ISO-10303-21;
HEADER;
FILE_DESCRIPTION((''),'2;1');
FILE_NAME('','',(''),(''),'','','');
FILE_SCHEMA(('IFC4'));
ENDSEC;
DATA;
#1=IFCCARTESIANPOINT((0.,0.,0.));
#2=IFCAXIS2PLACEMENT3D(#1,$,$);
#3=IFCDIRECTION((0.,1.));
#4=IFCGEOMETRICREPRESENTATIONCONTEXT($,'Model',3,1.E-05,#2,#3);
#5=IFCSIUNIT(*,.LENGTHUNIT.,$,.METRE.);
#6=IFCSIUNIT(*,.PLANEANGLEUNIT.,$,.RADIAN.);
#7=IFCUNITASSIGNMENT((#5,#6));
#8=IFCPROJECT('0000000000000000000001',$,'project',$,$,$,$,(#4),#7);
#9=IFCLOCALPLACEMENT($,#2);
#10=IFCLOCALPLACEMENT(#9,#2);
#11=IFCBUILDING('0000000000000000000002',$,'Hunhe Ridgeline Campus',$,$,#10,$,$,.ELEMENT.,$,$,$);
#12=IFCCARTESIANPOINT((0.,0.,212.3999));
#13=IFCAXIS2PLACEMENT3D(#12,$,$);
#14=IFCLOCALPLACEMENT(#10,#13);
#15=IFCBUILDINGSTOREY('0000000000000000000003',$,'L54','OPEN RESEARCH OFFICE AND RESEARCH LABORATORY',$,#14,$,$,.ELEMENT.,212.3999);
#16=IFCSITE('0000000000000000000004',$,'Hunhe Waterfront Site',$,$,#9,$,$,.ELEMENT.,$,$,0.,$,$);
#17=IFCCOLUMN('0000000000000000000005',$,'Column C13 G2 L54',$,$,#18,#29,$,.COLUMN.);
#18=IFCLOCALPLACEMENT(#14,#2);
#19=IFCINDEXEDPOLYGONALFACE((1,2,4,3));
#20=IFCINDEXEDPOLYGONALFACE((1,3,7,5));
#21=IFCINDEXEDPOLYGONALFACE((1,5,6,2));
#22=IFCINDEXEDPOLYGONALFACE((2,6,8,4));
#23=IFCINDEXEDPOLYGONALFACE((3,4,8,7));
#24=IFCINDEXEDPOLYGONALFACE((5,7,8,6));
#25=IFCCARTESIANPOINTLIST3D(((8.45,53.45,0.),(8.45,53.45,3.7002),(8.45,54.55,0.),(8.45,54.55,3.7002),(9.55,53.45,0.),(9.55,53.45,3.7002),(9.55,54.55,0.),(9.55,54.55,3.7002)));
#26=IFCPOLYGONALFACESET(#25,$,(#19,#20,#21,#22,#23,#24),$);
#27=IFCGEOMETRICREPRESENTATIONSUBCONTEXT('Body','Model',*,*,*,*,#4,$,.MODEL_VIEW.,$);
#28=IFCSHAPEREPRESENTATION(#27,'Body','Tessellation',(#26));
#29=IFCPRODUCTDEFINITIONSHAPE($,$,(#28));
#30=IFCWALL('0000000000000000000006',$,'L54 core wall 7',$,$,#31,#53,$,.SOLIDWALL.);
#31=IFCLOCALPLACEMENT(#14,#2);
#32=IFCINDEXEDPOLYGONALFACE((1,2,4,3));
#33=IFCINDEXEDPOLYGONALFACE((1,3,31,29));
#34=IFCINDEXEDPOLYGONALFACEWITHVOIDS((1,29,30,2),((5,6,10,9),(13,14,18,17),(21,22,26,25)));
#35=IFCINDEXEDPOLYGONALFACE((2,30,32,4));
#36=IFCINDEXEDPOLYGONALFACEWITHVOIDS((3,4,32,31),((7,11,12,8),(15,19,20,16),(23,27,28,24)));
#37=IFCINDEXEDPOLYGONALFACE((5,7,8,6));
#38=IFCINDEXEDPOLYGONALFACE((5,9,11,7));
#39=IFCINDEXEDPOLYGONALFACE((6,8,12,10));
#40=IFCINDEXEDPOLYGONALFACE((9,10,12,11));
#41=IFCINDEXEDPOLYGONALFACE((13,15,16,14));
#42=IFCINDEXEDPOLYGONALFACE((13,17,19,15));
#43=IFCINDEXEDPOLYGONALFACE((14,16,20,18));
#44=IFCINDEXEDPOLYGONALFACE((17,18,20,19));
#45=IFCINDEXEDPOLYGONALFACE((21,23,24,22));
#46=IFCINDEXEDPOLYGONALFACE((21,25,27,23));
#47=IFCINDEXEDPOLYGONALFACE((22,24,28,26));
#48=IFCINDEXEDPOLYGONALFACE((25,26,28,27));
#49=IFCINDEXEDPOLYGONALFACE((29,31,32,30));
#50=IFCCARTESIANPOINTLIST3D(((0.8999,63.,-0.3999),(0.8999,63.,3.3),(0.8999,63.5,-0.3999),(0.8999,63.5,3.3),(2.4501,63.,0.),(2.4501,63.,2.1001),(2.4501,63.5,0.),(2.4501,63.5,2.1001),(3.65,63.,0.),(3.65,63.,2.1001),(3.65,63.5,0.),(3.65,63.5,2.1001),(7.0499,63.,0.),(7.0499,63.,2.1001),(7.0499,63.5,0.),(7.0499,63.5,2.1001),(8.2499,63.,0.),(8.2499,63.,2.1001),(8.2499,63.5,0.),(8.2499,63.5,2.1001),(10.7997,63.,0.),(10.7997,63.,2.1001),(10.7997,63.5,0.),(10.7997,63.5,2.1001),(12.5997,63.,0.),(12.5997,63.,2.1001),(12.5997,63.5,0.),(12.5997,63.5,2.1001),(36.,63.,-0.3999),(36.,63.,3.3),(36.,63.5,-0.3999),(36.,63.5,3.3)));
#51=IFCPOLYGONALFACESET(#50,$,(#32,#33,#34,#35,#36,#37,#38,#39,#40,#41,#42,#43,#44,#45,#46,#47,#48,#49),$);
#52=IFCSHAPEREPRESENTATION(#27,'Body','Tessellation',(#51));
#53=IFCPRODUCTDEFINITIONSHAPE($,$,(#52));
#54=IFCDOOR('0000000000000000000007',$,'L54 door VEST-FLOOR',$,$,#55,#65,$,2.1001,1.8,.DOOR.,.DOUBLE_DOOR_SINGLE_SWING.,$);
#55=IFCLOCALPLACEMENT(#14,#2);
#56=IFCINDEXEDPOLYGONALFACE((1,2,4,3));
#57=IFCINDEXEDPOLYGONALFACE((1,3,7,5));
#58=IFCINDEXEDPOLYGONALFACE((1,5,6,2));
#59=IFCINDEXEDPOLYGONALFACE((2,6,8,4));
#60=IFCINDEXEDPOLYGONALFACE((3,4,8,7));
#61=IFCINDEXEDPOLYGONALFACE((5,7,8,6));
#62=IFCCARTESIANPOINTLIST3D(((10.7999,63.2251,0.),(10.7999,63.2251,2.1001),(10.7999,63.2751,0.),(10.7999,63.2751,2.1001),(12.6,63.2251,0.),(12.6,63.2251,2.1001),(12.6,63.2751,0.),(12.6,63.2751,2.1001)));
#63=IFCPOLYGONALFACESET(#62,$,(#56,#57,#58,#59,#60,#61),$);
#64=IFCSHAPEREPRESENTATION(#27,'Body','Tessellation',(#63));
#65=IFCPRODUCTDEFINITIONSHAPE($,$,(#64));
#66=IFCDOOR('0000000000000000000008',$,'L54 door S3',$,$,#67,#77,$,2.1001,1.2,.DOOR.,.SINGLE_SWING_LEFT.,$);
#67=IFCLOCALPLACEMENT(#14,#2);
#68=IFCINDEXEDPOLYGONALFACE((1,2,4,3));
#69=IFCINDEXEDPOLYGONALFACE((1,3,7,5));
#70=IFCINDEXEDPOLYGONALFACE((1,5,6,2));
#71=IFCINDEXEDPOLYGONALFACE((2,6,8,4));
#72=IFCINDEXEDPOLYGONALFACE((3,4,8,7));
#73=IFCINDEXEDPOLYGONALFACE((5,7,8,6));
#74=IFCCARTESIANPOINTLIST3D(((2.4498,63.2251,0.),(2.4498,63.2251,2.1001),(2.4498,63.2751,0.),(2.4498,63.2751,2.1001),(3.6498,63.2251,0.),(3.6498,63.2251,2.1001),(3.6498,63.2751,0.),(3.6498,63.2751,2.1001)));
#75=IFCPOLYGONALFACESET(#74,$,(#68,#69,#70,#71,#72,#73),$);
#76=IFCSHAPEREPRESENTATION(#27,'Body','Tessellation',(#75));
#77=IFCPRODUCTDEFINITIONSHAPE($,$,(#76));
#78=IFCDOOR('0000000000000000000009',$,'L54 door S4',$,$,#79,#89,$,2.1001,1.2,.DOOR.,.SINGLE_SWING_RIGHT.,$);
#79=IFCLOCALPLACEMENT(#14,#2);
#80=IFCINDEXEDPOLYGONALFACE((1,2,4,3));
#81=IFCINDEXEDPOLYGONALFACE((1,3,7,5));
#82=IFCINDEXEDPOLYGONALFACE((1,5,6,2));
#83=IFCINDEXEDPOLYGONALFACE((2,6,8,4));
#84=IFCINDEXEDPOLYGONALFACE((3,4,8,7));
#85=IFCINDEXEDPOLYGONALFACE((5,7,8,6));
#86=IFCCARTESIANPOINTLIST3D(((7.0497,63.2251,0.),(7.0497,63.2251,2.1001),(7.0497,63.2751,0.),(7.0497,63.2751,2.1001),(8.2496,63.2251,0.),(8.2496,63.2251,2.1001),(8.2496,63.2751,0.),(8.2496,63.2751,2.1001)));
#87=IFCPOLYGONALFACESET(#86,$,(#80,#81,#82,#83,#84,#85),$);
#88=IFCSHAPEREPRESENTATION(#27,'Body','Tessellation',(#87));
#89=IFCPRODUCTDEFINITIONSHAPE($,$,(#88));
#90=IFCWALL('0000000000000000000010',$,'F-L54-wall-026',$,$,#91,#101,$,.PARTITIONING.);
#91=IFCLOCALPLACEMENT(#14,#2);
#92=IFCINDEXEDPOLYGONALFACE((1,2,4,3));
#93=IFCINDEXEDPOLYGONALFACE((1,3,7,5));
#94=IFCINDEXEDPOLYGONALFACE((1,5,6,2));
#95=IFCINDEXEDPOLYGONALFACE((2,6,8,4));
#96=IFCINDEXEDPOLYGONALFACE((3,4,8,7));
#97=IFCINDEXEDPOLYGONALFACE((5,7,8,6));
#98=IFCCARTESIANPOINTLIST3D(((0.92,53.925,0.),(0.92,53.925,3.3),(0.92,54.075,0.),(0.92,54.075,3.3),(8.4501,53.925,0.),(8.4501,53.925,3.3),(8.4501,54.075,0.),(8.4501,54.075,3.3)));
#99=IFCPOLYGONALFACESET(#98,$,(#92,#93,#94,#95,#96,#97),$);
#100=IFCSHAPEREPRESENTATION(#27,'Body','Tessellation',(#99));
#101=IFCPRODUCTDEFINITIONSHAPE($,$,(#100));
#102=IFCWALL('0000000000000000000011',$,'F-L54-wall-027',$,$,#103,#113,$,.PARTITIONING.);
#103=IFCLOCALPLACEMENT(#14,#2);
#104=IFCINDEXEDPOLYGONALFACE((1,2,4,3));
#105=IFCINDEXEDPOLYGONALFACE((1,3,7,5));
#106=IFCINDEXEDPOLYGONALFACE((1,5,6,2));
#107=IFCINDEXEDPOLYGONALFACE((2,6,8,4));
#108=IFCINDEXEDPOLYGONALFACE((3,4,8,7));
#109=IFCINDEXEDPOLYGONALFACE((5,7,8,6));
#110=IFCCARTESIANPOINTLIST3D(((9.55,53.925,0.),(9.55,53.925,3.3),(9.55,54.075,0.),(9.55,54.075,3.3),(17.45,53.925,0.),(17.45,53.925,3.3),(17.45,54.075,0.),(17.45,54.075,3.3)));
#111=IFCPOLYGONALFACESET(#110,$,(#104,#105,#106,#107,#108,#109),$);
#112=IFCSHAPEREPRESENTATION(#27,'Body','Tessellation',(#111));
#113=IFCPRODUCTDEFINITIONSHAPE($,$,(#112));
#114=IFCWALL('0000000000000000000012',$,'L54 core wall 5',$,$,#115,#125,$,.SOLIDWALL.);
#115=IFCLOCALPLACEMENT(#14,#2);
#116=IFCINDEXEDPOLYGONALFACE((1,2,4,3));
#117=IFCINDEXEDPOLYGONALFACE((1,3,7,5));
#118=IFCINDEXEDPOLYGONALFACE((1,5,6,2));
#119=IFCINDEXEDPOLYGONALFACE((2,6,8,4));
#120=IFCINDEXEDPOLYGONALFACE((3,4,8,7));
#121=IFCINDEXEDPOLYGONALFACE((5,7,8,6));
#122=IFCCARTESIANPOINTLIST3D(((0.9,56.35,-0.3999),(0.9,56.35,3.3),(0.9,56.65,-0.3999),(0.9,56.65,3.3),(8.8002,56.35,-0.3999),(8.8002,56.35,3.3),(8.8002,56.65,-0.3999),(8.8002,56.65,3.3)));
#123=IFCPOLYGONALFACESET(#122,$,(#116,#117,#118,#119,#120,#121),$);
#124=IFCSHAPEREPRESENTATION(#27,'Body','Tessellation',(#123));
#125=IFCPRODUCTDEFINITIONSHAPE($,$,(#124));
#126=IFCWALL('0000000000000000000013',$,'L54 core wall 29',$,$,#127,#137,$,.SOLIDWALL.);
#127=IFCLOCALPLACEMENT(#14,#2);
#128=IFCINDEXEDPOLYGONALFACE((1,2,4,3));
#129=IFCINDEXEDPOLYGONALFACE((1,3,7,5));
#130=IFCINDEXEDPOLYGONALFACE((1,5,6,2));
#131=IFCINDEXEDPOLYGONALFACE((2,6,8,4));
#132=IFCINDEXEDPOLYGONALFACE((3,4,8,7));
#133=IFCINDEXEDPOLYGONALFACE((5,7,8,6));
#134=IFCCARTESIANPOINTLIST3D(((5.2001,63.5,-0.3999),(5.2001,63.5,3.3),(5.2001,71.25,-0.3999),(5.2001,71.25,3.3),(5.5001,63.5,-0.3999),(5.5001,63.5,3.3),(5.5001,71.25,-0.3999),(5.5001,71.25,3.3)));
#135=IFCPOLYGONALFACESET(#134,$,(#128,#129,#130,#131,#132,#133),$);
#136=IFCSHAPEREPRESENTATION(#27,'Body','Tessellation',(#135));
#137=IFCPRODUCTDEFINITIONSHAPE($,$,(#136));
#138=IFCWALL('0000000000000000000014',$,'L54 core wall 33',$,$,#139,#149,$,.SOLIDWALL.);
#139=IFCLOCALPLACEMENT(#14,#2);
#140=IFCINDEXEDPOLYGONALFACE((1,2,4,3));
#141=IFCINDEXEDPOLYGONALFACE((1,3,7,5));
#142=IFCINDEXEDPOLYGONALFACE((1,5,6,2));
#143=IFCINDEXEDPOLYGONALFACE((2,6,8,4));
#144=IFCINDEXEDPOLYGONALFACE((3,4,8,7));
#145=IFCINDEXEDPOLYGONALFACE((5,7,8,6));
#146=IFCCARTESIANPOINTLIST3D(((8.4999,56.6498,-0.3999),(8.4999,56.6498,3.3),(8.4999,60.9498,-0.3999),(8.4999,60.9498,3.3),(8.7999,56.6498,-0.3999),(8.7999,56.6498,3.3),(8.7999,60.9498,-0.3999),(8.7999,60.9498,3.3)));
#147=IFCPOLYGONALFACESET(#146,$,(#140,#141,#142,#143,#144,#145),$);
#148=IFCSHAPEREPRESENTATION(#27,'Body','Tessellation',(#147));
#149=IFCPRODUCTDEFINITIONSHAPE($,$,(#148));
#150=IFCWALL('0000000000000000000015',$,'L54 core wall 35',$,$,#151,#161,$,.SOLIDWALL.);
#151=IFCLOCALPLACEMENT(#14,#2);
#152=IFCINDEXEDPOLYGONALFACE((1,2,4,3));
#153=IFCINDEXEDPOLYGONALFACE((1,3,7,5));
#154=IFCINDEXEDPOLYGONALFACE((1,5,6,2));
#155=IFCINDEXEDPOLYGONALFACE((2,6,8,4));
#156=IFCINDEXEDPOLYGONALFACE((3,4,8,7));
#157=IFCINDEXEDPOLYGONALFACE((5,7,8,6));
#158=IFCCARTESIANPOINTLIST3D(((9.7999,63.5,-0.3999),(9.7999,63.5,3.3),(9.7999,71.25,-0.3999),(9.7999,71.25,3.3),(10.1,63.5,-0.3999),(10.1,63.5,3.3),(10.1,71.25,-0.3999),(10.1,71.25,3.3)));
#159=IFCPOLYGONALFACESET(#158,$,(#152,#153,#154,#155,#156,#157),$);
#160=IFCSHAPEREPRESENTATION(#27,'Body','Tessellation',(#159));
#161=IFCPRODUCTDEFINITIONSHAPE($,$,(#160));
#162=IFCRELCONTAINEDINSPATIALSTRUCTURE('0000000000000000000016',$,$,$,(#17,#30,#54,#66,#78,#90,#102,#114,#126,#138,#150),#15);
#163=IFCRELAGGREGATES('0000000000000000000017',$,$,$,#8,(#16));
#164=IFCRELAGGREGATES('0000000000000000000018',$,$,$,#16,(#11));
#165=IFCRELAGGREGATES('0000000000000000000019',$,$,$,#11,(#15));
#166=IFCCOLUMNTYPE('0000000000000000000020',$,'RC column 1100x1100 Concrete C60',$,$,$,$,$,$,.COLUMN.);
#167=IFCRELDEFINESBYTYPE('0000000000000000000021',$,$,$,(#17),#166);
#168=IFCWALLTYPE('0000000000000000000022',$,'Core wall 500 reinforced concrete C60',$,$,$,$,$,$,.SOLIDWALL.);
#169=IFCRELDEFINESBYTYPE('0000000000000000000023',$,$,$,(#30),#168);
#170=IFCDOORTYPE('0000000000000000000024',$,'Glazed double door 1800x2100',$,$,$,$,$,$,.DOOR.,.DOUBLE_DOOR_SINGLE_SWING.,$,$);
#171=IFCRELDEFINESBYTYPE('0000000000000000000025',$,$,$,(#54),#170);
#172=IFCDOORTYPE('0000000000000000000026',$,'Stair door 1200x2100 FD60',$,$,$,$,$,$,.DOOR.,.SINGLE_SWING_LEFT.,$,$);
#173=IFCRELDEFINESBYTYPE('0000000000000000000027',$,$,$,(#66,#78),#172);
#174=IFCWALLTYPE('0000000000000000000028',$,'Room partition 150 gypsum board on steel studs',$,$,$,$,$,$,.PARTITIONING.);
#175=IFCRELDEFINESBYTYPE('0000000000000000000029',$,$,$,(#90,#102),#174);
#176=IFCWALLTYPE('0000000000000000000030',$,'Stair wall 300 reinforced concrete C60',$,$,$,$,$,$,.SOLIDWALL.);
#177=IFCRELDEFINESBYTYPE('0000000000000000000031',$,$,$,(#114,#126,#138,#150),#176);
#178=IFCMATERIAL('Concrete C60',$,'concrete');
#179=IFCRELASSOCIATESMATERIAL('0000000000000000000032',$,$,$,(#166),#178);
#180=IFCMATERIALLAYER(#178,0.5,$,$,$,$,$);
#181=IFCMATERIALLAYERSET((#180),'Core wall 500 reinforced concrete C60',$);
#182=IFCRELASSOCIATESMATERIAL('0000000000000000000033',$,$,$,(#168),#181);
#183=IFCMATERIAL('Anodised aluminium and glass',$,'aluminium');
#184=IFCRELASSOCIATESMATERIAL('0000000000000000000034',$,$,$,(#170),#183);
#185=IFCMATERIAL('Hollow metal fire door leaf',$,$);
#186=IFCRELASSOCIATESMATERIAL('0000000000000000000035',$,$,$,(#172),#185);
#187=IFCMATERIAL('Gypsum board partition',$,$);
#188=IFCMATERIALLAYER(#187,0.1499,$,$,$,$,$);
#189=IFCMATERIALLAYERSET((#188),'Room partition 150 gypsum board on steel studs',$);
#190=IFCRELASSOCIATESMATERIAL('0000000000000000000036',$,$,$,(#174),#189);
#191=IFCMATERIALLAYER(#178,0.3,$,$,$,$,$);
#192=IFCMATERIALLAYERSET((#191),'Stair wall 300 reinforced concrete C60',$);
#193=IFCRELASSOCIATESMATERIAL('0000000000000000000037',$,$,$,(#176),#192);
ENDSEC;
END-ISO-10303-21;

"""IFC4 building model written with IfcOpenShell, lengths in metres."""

from ifc_helpers import new_model, si_unit, direction, frame, frame_2d, origin, origin_2d, place, context, subcontext, project, spatial, rectangle, extrude, material, layer, layer_set, material_profile, profile_set, type_object, element, fill, save


model = new_model("IFC4")

# Units and contexts
model_context = context("Model", 3, precision=1e-05, world=origin(), true_north=direction((0.0, 1.0)))
body_context = subcontext(model_context, "Body", "Model", "MODEL_VIEW")
ifc_project = project(units=[si_unit("LENGTHUNIT", "METRE"), si_unit("PLANEANGLEUNIT", "RADIAN")], contexts=[model_context])

# Site, building, storey
site_placement = place(None, origin())
site = spatial("IfcSite", under=ifc_project, at=site_placement, Name="Hunhe Waterfront Site", CompositionType="ELEMENT", RefElevation=0.0)
building_placement = place(site_placement, origin())
building = spatial("IfcBuilding", under=site, at=building_placement, Name="Hunhe Ridgeline Campus", CompositionType="ELEMENT")
storey_placement = place(building_placement, frame((0.0, 0.0, 212.3999)))
storey = spatial("IfcBuildingStorey", under=building, at=storey_placement, Name="L54", Description="OPEN RESEARCH OFFICE AND RESEARCH LABORATORY", CompositionType="ELEMENT", Elevation=212.3999)

# Column
ifc_material_1 = material(Name="Concrete C60", Category="concrete")
ifc_material_profile = material_profile(ifc_material_1, rectangle(XDim=1.1001, YDim=1.1001, at=origin_2d()))
ifc_profile_set = profile_set([ifc_material_profile], Name="Concrete C60")
column_type = type_object("IfcColumnType", Name="RC column 1100x1100 Concrete C60", PredefinedType="COLUMN", material=ifc_profile_set)
column_placement = place(storey_placement, frame((9.0, 54.0, 0.0), z_axis=(0.0, 0.0, 1.0), x_axis=(1.0, 0.0, 0.0)))
element("IfcColumn", 1, at=column_placement, inside=storey, type_object=column_type, Name="Column C13 G2 L54", PredefinedType="COLUMN", context=body_context, shape_type="SweptSolid", body=[
    extrude(rectangle(XDim=1.1001, YDim=1.1001, at=origin_2d()), origin(), (0.0, 0.0, 1.0), 3.7002),
])

# Wall, openings, doors
ifc_layer_1 = layer(ifc_material_1, 0.5)
ifc_layer_set_1 = layer_set([ifc_layer_1], Name="Core wall 500 reinforced concrete C60")
wall_type_1 = type_object("IfcWallType", Name="Core wall 500 reinforced concrete C60", PredefinedType="SOLIDWALL", material=ifc_layer_set_1)
wall_1_placement = place(storey_placement, frame((0.8999, 63.25, -0.3999), z_axis=(0.0, 0.0, 1.0), x_axis=(1.0, 0.0, 0.0)))
wall_1 = element("IfcWall", 2, at=wall_1_placement, inside=storey, type_object=wall_type_1, Name="L54 core wall 7", PredefinedType="SOLIDWALL", context=body_context, shape_type="SweptSolid", body=[
    extrude(rectangle(XDim=35.1001, YDim=0.5, at=frame_2d((17.55, 0.0))), origin(), (0.0, 0.0, 1.0), 3.7),
])
opening_1_placement = place(wall_1_placement, frame((9.8999, 0.0, 0.3999)))
opening_1 = element("IfcOpeningElement", 3, at=opening_1_placement, cuts=wall_1, PredefinedType="OPENING", context=body_context, shape_type="SweptSolid", body=[
    extrude(rectangle(XDim=1.8, YDim=2.1001, at=frame_2d((0.8999, 1.05))), frame((0.0, 0.25, 0.0), z_axis=(0.0, -1.0, 0.0), x_axis=(1.0, 0.0, 0.0)), (0.0, 0.0, 1.0), 0.5),
])
opening_2_placement = place(wall_1_placement, frame((1.55, 0.0, 0.3999)))
opening_2 = element("IfcOpeningElement", 4, at=opening_2_placement, cuts=wall_1, PredefinedType="OPENING", context=body_context, shape_type="SweptSolid", body=[
    extrude(rectangle(XDim=1.2, YDim=2.1001, at=frame_2d((0.6001, 1.05))), frame((0.0, 0.25, 0.0), z_axis=(0.0, -1.0, 0.0), x_axis=(1.0, 0.0, 0.0)), (0.0, 0.0, 1.0), 0.5),
])
opening_3_placement = place(wall_1_placement, frame((6.1499, 0.0, 0.3999)))
opening_3 = element("IfcOpeningElement", 5, at=opening_3_placement, cuts=wall_1, PredefinedType="OPENING", context=body_context, shape_type="SweptSolid", body=[
    extrude(rectangle(XDim=1.2, YDim=2.1001, at=frame_2d((0.6001, 1.05))), frame((0.0, 0.25, 0.0), z_axis=(0.0, -1.0, 0.0), x_axis=(1.0, 0.0, 0.0)), (0.0, 0.0, 1.0), 0.5),
])
ifc_material_2 = material(Name="Anodised aluminium and glass", Category="aluminium")
door_type_1 = type_object("IfcDoorType", Name="Glazed double door 1800x2100", OperationType="DOUBLE_DOOR_SINGLE_SWING", PredefinedType="DOOR", material=ifc_material_2)
door_1_placement = place(opening_1_placement, frame((1.8, 0.0, 0.0), z_axis=(0.0, 0.0, 1.0), x_axis=(-1.0, 0.0, 0.0)))
door_1 = element("IfcDoor", 6, at=door_1_placement, inside=storey, type_object=door_type_1, Name="L54 door VEST-FLOOR", OperationType="DOUBLE_DOOR_SINGLE_SWING", OverallHeight=2.1001, OverallWidth=1.8, PredefinedType="DOOR", context=body_context, shape_type="SweptSolid", body=[
    extrude(rectangle(XDim=1.8, YDim=2.1001, at=frame_2d((0.8999, 1.05))), frame((0.0, 0.0249, 0.0), z_axis=(0.0, -1.0, 0.0), x_axis=(1.0, 0.0, 0.0)), (0.0, 0.0, 1.0), 0.05),
])
fill(opening_1, door_1)
ifc_material_3 = material(Name="Hollow metal fire door leaf")
door_type_2 = type_object("IfcDoorType", Name="Stair door 1200x2100 FD60", OperationType="SINGLE_SWING_LEFT", PredefinedType="DOOR", material=ifc_material_3)
door_2_placement = place(opening_2_placement, frame((1.2, 0.0, 0.0), z_axis=(0.0, 0.0, 1.0), x_axis=(-1.0, 0.0, 0.0)))
door_2 = element("IfcDoor", 7, at=door_2_placement, inside=storey, type_object=door_type_2, Name="L54 door S3", OperationType="SINGLE_SWING_LEFT", OverallHeight=2.1001, OverallWidth=1.2, PredefinedType="DOOR", context=body_context, shape_type="SweptSolid", body=[
    extrude(rectangle(XDim=1.2, YDim=2.1001, at=frame_2d((0.6001, 1.05))), frame((0.0, 0.0249, 0.0), z_axis=(0.0, -1.0, 0.0), x_axis=(1.0, 0.0, 0.0)), (0.0, 0.0, 1.0), 0.05),
])
fill(opening_2, door_2)
door_3_placement = place(opening_3_placement, frame((1.2, 0.0, 0.0), z_axis=(0.0, 0.0, 1.0), x_axis=(-1.0, 0.0, 0.0)))
door_3 = element("IfcDoor", 8, at=door_3_placement, inside=storey, type_object=door_type_2, Name="L54 door S4", OperationType="SINGLE_SWING_RIGHT", OverallHeight=2.1001, OverallWidth=1.2, PredefinedType="DOOR", context=body_context, shape_type="SweptSolid", body=[
    extrude(rectangle(XDim=1.2, YDim=2.1001, at=frame_2d((0.6001, 1.05))), frame((0.0, 0.0249, 0.0), z_axis=(0.0, -1.0, 0.0), x_axis=(1.0, 0.0, 0.0)), (0.0, 0.0, 1.0), 0.05),
])
fill(opening_3, door_3)

# Walls
ifc_material_4 = material(Name="Gypsum board partition")
ifc_layer_2 = layer(ifc_material_4, 0.1499)
ifc_layer_set_2 = layer_set([ifc_layer_2], Name="Room partition 150 gypsum board on steel studs")
wall_type_2 = type_object("IfcWallType", Name="Room partition 150 gypsum board on steel studs", PredefinedType="PARTITIONING", material=ifc_layer_set_2)
wall_2_placement = place(storey_placement, frame((0.9199, 54.0, 0.0), z_axis=(0.0, 0.0, 1.0), x_axis=(1.0, 0.0, 0.0)))
element("IfcWall", 9, at=wall_2_placement, inside=storey, type_object=wall_type_2, Name="F-L54-wall-026", PredefinedType="PARTITIONING", context=body_context, shape_type="SweptSolid", body=[
    extrude(rectangle(XDim=7.53, YDim=0.1499, at=frame_2d((3.7651, 0.0))), origin(), (0.0, 0.0, 1.0), 3.3),
])
wall_3_placement = place(storey_placement, frame((9.55, 54.0, 0.0), z_axis=(0.0, 0.0, 1.0), x_axis=(1.0, 0.0, 0.0)))
element("IfcWall", 10, at=wall_3_placement, inside=storey, type_object=wall_type_2, Name="F-L54-wall-027", PredefinedType="PARTITIONING", context=body_context, shape_type="SweptSolid", body=[
    extrude(rectangle(XDim=7.8999, YDim=0.1499, at=frame_2d((3.95, 0.0))), origin(), (0.0, 0.0, 1.0), 3.3),
])
ifc_layer_3 = layer(ifc_material_1, 0.3)
ifc_layer_set_3 = layer_set([ifc_layer_3], Name="Stair wall 300 reinforced concrete C60")
wall_type_3 = type_object("IfcWallType", Name="Stair wall 300 reinforced concrete C60", PredefinedType="SOLIDWALL", material=ifc_layer_set_3)
wall_4_placement = place(storey_placement, frame((0.8999, 56.5, -0.3999), z_axis=(0.0, 0.0, 1.0), x_axis=(1.0, 0.0, 0.0)))
element("IfcWall", 11, at=wall_4_placement, inside=storey, type_object=wall_type_3, Name="L54 core wall 5", PredefinedType="SOLIDWALL", context=body_context, shape_type="SweptSolid", body=[
    extrude(rectangle(XDim=7.9001, YDim=0.3, at=frame_2d((3.9502, 0.0))), origin(), (0.0, 0.0, 1.0), 3.7),
])

# Walls
wall_5_placement = place(storey_placement, frame((5.3501, 63.5, -0.3999), z_axis=(0.0, 0.0, 1.0), x_axis=(0.0, 1.0, 0.0)))
element("IfcWall", 12, at=wall_5_placement, inside=storey, type_object=wall_type_3, Name="L54 core wall 29", PredefinedType="SOLIDWALL", context=body_context, shape_type="SweptSolid", body=[
    extrude(rectangle(XDim=7.75, YDim=0.3, at=frame_2d((3.875, 0.0))), origin(), (0.0, 0.0, 1.0), 3.7),
])
wall_6_placement = place(storey_placement, frame((8.6499, 56.6499, -0.3999), z_axis=(0.0, 0.0, 1.0), x_axis=(0.0, 1.0, 0.0)))
element("IfcWall", 13, at=wall_6_placement, inside=storey, type_object=wall_type_3, Name="L54 core wall 33", PredefinedType="SOLIDWALL", context=body_context, shape_type="SweptSolid", body=[
    extrude(rectangle(XDim=4.3, YDim=0.3, at=frame_2d((2.1499, 0.0))), origin(), (0.0, 0.0, 1.0), 3.7),
])
wall_7_placement = place(storey_placement, frame((9.95, 63.5, -0.3999), z_axis=(0.0, 0.0, 1.0), x_axis=(0.0, 1.0, 0.0)))
element("IfcWall", 14, at=wall_7_placement, inside=storey, type_object=wall_type_3, Name="L54 core wall 35", PredefinedType="SOLIDWALL", context=body_context, shape_type="SweptSolid", body=[
    extrude(rectangle(XDim=7.75, YDim=0.3, at=frame_2d((3.875, 0.0))), origin(), (0.0, 0.0, 1.0), 3.7),
])

save(model, "model.ifc")
